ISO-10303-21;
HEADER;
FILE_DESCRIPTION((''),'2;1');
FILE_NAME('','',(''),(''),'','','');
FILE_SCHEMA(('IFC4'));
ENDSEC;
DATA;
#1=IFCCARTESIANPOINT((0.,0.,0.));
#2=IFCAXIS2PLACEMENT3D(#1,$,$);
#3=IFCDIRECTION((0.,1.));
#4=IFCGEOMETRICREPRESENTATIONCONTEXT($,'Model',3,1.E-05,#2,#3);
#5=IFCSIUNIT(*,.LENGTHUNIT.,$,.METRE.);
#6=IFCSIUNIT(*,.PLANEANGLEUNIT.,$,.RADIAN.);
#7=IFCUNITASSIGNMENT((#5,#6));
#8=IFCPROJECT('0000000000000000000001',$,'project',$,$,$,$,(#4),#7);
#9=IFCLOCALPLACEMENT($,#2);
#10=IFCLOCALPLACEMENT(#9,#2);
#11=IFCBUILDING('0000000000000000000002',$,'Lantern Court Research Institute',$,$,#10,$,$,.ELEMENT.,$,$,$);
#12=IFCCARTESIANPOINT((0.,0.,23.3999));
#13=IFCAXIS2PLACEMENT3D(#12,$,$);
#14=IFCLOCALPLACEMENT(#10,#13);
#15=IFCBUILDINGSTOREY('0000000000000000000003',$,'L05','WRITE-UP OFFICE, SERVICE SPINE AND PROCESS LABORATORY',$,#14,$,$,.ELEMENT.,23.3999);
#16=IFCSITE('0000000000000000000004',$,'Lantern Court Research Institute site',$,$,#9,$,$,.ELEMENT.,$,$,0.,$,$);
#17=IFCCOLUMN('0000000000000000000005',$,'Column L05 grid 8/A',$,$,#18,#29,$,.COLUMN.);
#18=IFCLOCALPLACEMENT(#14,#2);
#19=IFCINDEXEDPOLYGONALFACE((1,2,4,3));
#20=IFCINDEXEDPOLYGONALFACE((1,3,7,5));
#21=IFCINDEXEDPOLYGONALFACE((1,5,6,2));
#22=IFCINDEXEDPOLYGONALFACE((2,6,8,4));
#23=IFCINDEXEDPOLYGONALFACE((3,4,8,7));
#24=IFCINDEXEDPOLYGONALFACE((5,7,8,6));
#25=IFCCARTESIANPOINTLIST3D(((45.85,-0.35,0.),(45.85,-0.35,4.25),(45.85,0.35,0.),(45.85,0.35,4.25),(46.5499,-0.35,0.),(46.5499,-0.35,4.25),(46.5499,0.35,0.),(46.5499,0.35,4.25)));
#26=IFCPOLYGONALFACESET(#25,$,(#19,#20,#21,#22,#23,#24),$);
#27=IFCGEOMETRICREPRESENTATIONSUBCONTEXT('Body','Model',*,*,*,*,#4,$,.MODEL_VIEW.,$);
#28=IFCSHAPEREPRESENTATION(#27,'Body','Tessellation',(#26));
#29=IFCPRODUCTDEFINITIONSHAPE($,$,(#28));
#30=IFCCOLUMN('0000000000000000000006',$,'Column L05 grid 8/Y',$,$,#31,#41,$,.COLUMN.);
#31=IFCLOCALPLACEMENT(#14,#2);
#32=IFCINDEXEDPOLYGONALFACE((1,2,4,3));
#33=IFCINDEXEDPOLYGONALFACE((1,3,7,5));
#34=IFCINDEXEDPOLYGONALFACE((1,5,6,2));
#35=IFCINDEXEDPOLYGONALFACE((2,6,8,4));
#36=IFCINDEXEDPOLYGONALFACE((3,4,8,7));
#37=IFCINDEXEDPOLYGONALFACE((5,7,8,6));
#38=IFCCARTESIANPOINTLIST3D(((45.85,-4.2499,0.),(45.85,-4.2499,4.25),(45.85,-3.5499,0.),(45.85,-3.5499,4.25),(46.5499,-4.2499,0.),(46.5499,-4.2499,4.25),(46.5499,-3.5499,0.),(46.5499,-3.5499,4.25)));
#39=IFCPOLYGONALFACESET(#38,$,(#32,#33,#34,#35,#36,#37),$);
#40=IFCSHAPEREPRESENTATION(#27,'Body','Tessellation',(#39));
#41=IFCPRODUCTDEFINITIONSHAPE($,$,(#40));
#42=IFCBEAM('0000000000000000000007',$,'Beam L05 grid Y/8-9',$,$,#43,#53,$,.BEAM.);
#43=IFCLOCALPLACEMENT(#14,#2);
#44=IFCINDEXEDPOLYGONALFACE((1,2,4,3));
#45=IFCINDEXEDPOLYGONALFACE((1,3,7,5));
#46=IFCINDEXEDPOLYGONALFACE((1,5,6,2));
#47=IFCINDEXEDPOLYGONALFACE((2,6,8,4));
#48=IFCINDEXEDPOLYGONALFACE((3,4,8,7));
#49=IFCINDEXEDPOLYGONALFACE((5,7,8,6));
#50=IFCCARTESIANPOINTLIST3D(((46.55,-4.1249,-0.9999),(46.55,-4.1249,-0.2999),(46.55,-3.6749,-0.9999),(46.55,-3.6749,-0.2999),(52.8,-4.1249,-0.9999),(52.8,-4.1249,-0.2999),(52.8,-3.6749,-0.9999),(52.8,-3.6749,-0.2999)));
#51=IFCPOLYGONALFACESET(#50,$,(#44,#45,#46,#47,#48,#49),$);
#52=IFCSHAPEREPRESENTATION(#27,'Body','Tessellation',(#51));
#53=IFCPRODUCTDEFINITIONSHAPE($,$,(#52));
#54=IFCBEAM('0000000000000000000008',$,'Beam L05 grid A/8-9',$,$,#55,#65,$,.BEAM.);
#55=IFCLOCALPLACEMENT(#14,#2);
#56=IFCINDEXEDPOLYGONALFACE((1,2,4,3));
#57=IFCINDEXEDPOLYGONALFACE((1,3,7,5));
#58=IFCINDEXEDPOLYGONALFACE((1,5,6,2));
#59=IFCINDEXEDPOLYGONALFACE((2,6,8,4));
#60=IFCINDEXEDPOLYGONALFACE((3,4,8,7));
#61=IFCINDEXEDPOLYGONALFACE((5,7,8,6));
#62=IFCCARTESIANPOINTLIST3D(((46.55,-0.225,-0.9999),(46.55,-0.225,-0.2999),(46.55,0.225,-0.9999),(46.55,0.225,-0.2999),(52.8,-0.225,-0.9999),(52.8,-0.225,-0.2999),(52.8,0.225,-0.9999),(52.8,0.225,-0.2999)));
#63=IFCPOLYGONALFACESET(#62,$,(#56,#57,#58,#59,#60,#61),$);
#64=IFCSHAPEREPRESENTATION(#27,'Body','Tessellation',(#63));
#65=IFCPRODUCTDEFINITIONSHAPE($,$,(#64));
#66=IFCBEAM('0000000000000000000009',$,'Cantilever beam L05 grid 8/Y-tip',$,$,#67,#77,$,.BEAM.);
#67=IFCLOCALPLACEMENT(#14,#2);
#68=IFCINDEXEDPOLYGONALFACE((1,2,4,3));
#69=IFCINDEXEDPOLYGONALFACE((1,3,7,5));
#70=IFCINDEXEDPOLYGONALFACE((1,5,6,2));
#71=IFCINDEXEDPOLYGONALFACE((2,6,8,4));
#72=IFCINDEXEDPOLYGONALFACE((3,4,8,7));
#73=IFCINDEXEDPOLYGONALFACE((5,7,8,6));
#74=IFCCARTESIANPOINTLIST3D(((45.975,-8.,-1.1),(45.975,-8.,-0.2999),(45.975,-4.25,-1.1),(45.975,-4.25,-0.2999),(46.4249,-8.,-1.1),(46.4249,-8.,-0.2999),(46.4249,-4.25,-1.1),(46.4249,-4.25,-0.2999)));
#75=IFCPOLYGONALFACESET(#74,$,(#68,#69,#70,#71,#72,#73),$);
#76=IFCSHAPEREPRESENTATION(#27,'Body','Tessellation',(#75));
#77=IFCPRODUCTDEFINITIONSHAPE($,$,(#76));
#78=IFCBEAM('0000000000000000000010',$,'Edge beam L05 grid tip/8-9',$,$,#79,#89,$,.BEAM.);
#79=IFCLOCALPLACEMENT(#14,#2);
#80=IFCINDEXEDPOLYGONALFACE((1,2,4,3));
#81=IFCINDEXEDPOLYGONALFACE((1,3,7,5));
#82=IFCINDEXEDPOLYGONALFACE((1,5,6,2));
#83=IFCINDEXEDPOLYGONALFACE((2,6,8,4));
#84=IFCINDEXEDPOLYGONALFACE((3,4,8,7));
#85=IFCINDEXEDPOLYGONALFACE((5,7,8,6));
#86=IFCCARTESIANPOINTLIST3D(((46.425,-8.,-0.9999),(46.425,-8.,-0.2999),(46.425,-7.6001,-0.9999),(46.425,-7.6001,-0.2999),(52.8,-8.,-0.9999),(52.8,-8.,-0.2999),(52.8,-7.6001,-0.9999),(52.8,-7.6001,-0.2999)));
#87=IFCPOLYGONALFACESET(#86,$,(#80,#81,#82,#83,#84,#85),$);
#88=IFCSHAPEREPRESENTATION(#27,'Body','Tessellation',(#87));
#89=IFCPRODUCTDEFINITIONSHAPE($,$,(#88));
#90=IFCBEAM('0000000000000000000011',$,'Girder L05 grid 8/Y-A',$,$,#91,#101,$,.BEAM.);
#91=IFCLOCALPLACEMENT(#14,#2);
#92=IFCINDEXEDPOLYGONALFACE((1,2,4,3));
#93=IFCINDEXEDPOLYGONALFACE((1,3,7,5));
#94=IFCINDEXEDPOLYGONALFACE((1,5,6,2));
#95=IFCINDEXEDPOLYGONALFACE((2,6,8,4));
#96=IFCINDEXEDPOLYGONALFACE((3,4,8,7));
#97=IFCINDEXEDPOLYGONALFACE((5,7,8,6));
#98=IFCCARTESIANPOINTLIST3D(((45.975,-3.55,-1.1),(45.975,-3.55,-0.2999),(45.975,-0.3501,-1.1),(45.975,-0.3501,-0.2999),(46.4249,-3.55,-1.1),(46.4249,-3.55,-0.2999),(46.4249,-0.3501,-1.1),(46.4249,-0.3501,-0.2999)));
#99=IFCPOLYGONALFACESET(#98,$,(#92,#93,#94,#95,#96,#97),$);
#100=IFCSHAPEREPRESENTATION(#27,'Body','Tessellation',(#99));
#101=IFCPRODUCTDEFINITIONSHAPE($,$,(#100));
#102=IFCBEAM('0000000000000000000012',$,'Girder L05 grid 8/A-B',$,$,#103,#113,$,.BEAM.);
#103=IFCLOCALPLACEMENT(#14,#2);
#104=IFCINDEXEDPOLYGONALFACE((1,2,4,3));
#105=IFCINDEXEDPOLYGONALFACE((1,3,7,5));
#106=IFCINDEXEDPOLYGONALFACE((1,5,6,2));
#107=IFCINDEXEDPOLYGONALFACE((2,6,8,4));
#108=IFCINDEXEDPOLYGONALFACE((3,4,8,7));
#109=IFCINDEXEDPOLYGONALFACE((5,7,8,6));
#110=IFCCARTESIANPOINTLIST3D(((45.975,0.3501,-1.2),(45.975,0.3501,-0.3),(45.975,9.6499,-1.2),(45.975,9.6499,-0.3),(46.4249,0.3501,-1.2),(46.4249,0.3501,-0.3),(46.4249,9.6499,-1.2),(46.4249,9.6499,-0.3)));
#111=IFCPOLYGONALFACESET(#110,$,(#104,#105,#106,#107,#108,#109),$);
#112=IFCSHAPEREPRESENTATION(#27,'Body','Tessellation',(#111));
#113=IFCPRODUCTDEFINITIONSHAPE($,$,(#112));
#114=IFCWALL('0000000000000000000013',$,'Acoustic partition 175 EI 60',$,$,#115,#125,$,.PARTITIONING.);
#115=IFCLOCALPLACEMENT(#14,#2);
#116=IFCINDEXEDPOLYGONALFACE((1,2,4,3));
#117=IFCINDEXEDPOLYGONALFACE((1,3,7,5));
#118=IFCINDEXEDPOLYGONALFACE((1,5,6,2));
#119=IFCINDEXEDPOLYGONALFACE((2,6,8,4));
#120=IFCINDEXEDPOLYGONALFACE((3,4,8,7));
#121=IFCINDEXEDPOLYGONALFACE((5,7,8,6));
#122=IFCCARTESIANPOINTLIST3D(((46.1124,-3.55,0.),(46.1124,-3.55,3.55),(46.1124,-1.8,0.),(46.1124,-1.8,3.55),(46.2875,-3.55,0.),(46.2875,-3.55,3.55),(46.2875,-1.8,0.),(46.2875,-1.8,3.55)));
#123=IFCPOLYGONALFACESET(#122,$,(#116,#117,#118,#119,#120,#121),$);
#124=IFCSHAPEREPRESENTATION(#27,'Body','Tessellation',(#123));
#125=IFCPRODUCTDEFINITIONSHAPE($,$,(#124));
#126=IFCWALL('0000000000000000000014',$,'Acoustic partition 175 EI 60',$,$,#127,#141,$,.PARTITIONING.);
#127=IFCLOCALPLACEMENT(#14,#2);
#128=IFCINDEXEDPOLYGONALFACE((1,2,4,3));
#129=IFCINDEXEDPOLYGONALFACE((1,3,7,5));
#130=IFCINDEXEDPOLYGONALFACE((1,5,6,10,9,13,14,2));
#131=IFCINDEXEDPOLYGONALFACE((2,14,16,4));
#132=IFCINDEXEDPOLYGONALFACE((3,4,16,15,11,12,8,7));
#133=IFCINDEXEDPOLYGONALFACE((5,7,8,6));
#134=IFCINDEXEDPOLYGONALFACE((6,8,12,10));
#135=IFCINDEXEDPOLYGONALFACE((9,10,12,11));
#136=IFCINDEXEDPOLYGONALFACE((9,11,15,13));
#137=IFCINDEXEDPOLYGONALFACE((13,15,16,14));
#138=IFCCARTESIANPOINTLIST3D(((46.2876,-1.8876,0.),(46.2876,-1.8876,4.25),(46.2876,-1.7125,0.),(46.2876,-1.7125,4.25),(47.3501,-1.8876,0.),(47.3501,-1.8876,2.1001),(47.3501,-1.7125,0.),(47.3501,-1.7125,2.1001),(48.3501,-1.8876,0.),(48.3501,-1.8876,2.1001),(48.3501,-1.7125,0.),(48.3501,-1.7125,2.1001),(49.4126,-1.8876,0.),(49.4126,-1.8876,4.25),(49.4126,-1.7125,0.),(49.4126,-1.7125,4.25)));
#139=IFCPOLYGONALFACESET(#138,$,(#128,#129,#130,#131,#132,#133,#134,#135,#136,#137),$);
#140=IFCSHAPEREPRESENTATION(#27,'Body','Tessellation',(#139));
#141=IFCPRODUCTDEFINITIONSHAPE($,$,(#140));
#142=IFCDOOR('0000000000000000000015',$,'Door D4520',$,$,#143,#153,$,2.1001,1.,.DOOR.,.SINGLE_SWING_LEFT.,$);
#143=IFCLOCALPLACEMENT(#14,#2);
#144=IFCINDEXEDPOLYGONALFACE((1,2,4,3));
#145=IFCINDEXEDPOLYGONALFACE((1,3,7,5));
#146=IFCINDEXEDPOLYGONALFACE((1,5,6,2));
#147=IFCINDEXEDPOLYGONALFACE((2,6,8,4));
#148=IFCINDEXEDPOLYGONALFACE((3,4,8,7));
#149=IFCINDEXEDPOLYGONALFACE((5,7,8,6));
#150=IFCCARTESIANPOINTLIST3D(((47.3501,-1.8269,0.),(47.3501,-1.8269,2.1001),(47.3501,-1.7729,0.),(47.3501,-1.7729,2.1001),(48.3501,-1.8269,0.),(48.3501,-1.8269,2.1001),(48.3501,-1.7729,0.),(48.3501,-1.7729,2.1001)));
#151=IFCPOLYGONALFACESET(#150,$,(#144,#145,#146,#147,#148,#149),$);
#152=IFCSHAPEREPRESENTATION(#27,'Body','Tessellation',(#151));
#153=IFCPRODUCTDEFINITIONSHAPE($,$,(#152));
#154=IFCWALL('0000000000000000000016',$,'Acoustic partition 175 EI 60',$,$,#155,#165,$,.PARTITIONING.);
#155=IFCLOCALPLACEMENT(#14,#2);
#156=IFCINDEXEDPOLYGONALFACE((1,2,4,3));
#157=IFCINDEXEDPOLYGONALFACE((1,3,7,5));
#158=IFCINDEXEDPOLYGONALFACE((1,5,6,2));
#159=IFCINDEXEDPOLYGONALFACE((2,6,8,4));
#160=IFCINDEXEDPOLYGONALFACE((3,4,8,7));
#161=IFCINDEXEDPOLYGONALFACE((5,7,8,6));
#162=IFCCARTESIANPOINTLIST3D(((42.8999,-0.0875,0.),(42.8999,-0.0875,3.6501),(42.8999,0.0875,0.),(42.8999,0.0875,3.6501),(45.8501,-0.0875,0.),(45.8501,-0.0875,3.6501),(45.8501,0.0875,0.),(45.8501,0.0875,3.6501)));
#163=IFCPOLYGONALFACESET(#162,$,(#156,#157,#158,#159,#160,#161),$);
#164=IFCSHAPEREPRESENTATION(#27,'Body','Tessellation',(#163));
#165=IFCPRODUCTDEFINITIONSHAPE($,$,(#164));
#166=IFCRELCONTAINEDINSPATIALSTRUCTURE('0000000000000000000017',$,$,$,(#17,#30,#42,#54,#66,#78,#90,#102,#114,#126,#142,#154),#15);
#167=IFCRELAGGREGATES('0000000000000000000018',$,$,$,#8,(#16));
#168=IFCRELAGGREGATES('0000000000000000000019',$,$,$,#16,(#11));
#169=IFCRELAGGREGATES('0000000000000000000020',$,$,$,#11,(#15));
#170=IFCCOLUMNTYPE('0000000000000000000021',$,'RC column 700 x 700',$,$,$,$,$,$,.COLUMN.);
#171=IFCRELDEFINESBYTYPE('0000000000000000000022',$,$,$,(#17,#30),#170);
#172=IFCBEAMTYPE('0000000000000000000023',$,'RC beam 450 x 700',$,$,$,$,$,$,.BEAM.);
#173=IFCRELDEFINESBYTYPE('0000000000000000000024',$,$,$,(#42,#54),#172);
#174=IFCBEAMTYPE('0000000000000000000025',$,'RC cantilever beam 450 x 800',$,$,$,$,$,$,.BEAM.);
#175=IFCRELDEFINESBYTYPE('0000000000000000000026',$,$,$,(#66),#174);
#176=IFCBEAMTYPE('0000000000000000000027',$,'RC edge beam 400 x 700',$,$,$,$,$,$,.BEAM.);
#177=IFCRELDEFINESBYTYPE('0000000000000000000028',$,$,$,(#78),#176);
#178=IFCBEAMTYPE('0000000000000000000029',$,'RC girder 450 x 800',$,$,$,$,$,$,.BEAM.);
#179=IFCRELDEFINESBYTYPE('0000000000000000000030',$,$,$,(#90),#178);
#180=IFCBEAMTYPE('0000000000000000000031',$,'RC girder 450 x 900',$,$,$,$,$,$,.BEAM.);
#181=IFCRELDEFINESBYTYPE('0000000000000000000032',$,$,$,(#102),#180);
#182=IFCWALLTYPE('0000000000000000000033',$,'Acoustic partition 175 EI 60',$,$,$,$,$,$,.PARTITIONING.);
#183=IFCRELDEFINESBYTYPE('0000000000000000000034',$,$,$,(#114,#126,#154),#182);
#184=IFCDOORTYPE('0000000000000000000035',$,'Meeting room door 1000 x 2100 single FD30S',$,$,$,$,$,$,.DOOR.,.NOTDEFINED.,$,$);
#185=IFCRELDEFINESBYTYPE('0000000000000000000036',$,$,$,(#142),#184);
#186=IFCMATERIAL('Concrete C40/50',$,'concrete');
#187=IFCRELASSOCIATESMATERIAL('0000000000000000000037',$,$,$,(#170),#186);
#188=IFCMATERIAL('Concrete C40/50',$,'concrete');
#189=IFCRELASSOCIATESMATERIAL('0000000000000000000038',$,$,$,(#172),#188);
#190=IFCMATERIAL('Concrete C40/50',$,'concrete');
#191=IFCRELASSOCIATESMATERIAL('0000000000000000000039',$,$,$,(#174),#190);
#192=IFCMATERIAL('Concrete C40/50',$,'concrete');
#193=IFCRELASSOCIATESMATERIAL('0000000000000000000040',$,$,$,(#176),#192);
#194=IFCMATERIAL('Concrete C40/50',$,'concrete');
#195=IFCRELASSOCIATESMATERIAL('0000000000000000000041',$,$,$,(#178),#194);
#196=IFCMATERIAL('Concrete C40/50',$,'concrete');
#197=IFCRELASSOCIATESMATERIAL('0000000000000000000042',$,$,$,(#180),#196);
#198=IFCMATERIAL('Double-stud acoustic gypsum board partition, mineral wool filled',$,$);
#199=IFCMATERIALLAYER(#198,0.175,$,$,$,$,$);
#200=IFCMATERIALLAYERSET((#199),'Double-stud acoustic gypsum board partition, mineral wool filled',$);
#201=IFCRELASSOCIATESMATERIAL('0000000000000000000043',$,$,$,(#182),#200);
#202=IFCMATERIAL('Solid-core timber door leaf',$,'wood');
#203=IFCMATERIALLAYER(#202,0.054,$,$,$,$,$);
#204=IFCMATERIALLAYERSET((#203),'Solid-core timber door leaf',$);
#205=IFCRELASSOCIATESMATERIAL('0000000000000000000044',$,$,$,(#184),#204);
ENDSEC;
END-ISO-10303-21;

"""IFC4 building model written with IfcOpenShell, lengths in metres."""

from ifc_helpers import new_model, si_unit, direction, frame, frame_2d, origin, origin_2d, place, context, subcontext, project, spatial, rectangle, extrude, material, layer, layer_set, material_profile, profile_set, type_object, element, fill, save


model = new_model("IFC4")

# Units and contexts
model_context = context("Model", 3, precision=1e-05, world=origin(), true_north=direction((0.0, 1.0)))
body_context = subcontext(model_context, "Body", "Model", "MODEL_VIEW")
ifc_project = project(units=[si_unit("LENGTHUNIT", "METRE"), si_unit("PLANEANGLEUNIT", "RADIAN")], contexts=[model_context])

# Site, building, storey
site_placement = place(None, origin())
site = spatial("IfcSite", under=ifc_project, at=site_placement, Name="Lantern Court Research Institute site", CompositionType="ELEMENT", RefElevation=0.0)
building_placement = place(site_placement, origin())
building = spatial("IfcBuilding", under=site, at=building_placement, Name="Lantern Court Research Institute", CompositionType="ELEMENT")
storey_placement = place(building_placement, frame((0.0, 0.0, 23.3999)))
storey = spatial("IfcBuildingStorey", under=building, at=storey_placement, Name="L05", Description="WRITE-UP OFFICE, SERVICE SPINE AND PROCESS LABORATORY", CompositionType="ELEMENT", Elevation=23.3999)

# Columns
ifc_material_1 = material(Name="Concrete C40/50", Category="concrete")
ifc_material_profile_1 = material_profile(ifc_material_1, rectangle(XDim=0.7, YDim=0.7, at=origin_2d()), Name="RC column 700 x 700")
ifc_profile_set_1 = profile_set([ifc_material_profile_1], Name="Concrete C40/50")
column_type = type_object("IfcColumnType", Name="RC column 700 x 700", PredefinedType="COLUMN", material=ifc_profile_set_1)
for number, where, z_axis, x_axis, name in (
    (1, (46.2, 0.0, 0.0), (0.0, 0.0, 1.0), (1.0, 0.0, 0.0), "Column L05 grid 8/A"),
    (2, (46.2, -3.8999, 0.0), (0.0, 0.0, 1.0), (1.0, 0.0, 0.0), "Column L05 grid 8/Y"),
):
    element("IfcColumn", number, at=place(storey_placement, frame(where, z_axis=z_axis, x_axis=x_axis)), inside=storey, type_object=column_type, Name=name, PredefinedType="COLUMN", context=body_context, shape_type="SweptSolid", body=[
        extrude(rectangle(XDim=0.7, YDim=0.7, at=origin_2d()), origin(), (0.0, 0.0, 1.0), 4.25),
    ])

# Beams
ifc_material_2 = material(Name="Concrete C40/50", Category="concrete")
ifc_material_profile_2 = material_profile(ifc_material_2, rectangle(XDim=0.45, YDim=0.7, at=origin_2d()), Name="RC beam 450 x 700")
ifc_profile_set_2 = profile_set([ifc_material_profile_2], Name="Concrete C40/50")
beam_type_1 = type_object("IfcBeamType", Name="RC beam 450 x 700", PredefinedType="BEAM", material=ifc_profile_set_2)
for number, where, z_axis, x_axis, name in (
    (3, (46.55, -3.8999, -0.6499), (1.0, 0.0, 0.0), (0.0, 1.0, 0.0), "Beam L05 grid Y/8-9"),
    (4, (46.55, 0.0, -0.6499), (1.0, 0.0, 0.0), (0.0, 1.0, 0.0), "Beam L05 grid A/8-9"),
):
    element("IfcBeam", number, at=place(storey_placement, frame(where, z_axis=z_axis, x_axis=x_axis)), inside=storey, type_object=beam_type_1, Name=name, PredefinedType="BEAM", context=body_context, shape_type="SweptSolid", body=[
        extrude(rectangle(XDim=0.45, YDim=0.7, at=origin_2d()), origin(), (0.0, 0.0, 1.0), 6.25),
    ])
ifc_material_3 = material(Name="Concrete C40/50", Category="concrete")
ifc_material_profile_3 = material_profile(ifc_material_3, rectangle(XDim=0.45, YDim=0.8, at=origin_2d()), Name="RC beam 450 x 800")
ifc_profile_set_3 = profile_set([ifc_material_profile_3], Name="Concrete C40/50")
beam_type_2 = type_object("IfcBeamType", Name="RC cantilever beam 450 x 800", PredefinedType="BEAM", material=ifc_profile_set_3)
beam_1_placement = place(storey_placement, frame((46.2, -4.25, -0.7), z_axis=(0.0, -1.0, 0.0), x_axis=(1.0, 0.0, 0.0)))
element("IfcBeam", 5, at=beam_1_placement, inside=storey, type_object=beam_type_2, Name="Cantilever beam L05 grid 8/Y-tip", PredefinedType="BEAM", context=body_context, shape_type="SweptSolid", body=[
    extrude(rectangle(XDim=0.45, YDim=0.8, at=origin_2d()), origin(), (0.0, 0.0, 1.0), 3.75),
])
ifc_material_4 = material(Name="Concrete C40/50", Category="concrete")
ifc_material_profile_4 = material_profile(ifc_material_4, rectangle(XDim=0.3999, YDim=0.7, at=origin_2d()), Name="RC beam 400 x 700")
ifc_profile_set_4 = profile_set([ifc_material_profile_4], Name="Concrete C40/50")
beam_type_3 = type_object("IfcBeamType", Name="RC edge beam 400 x 700", PredefinedType="BEAM", material=ifc_profile_set_4)
beam_2_placement = place(storey_placement, frame((46.425, -7.8, -0.6499), z_axis=(1.0, 0.0, 0.0), x_axis=(0.0, 1.0, 0.0)))
element("IfcBeam", 6, at=beam_2_placement, inside=storey, type_object=beam_type_3, Name="Edge beam L05 grid tip/8-9", PredefinedType="BEAM", context=body_context, shape_type="SweptSolid", body=[
    extrude(rectangle(XDim=0.3999, YDim=0.7, at=origin_2d()), origin(), (0.0, 0.0, 1.0), 6.375),
])
ifc_material_5 = material(Name="Concrete C40/50", Category="concrete")
ifc_material_profile_5 = material_profile(ifc_material_5, rectangle(XDim=0.45, YDim=0.8, at=origin_2d()), Name="RC beam 450 x 800")
ifc_profile_set_5 = profile_set([ifc_material_profile_5], Name="Concrete C40/50")
beam_type_4 = type_object("IfcBeamType", Name="RC girder 450 x 800", PredefinedType="BEAM", material=ifc_profile_set_5)
beam_3_placement = place(storey_placement, frame((46.2, -3.55, -0.7), z_axis=(0.0, 1.0, 0.0), x_axis=(-1.0, 0.0, 0.0)))
element("IfcBeam", 7, at=beam_3_placement, inside=storey, type_object=beam_type_4, Name="Girder L05 grid 8/Y-A", PredefinedType="BEAM", context=body_context, shape_type="SweptSolid", body=[
    extrude(rectangle(XDim=0.45, YDim=0.8, at=origin_2d()), origin(), (0.0, 0.0, 1.0), 3.2),
])
ifc_material_6 = material(Name="Concrete C40/50", Category="concrete")
ifc_material_profile_6 = material_profile(ifc_material_6, rectangle(XDim=0.45, YDim=0.8999, at=origin_2d()), Name="RC beam 450 x 900")
ifc_profile_set_6 = profile_set([ifc_material_profile_6], Name="Concrete C40/50")
beam_type_5 = type_object("IfcBeamType", Name="RC girder 450 x 900", PredefinedType="BEAM", material=ifc_profile_set_6)
beam_4_placement = place(storey_placement, frame((46.2, 0.3501, -0.75), z_axis=(0.0, 1.0, 0.0), x_axis=(-1.0, 0.0, 0.0)))
element("IfcBeam", 8, at=beam_4_placement, inside=storey, type_object=beam_type_5, Name="Girder L05 grid 8/A-B", PredefinedType="BEAM", context=body_context, shape_type="SweptSolid", body=[
    extrude(rectangle(XDim=0.45, YDim=0.8999, at=origin_2d()), origin(), (0.0, 0.0, 1.0), 9.2998),
])

# Wall
ifc_material_7 = material(Name="Double-stud acoustic gypsum board partition, mineral wool filled")
ifc_layer_1 = layer(ifc_material_7, 0.175)
ifc_layer_set_1 = layer_set([ifc_layer_1], Name="Double-stud acoustic gypsum board partition, mineral wool filled")
wall_type_1 = type_object("IfcWallType", Name="Acoustic partition 175 EI 60", PredefinedType="PARTITIONING", material=ifc_layer_set_1)
wall_1_placement = place(storey_placement, frame((46.2, -3.55, 0.0), z_axis=(0.0, 0.0, 1.0), x_axis=(0.0, 1.0, 0.0)))
element("IfcWall", 9, at=wall_1_placement, inside=storey, type_object=wall_type_1, Name="Acoustic partition 175 EI 60", PredefinedType="PARTITIONING", context=body_context, shape_type="SweptSolid", body=[
    extrude(rectangle(XDim=1.75, YDim=0.175, at=frame_2d((0.875, 0.0))), origin(), (0.0, 0.0, 1.0), 3.55),
])

# Wall, opening, door
wall_2_placement = place(storey_placement, frame((49.4126, -1.8, 0.0), z_axis=(0.0, 0.0, 1.0), x_axis=(-1.0, 0.0, 0.0)))
wall_2 = element("IfcWall", 10, at=wall_2_placement, inside=storey, type_object=wall_type_1, Name="Acoustic partition 175 EI 60", PredefinedType="PARTITIONING", context=body_context, shape_type="SweptSolid", body=[
    extrude(rectangle(XDim=3.125, YDim=0.175, at=frame_2d((1.5625, 0.0))), origin(), (0.0, 0.0, 1.0), 4.25),
])
opening_1_placement = place(wall_2_placement, frame((1.0625, 0.0, 0.0)))
opening_1 = element("IfcOpeningElement", 11, at=opening_1_placement, cuts=wall_2, PredefinedType="OPENING", context=body_context, shape_type="SweptSolid", body=[
    extrude(rectangle(XDim=1.0, YDim=2.1001, at=frame_2d((0.5, 1.05))), frame((0.0, 0.0974, 0.0), z_axis=(0.0, -1.0, 0.0), x_axis=(1.0, 0.0, 0.0)), (0.0, 0.0, 1.0), 0.1951),
])
ifc_material_8 = material(Name="Solid-core timber door leaf", Category="wood")
ifc_layer_2 = layer(ifc_material_8, 0.054)
ifc_layer_set_2 = layer_set([ifc_layer_2], Name="Solid-core timber door leaf")
door_type_1 = type_object("IfcDoorType", Name="Meeting room door 1000 x 2100 single FD30S", OperationType="NOTDEFINED", PredefinedType="DOOR", material=ifc_layer_set_2)
door_1_placement = place(opening_1_placement, origin())
door_1 = element("IfcDoor", 12, at=door_1_placement, inside=storey, type_object=door_type_1, Name="Door D4520", OperationType="SINGLE_SWING_LEFT", OverallHeight=2.1001, OverallWidth=1.0, PredefinedType="DOOR", context=body_context, shape_type="SweptSolid", body=[
    extrude(rectangle(XDim=1.0, YDim=2.1001, at=frame_2d((0.5, 1.05))), frame((0.0, 0.0269, 0.0), z_axis=(0.0, -1.0, 0.0), x_axis=(1.0, 0.0, 0.0)), (0.0, 0.0, 1.0), 0.054),
])
fill(opening_1, door_1)

# Wall
wall_3_placement = place(storey_placement, frame((45.8501, 0.0, 0.0), z_axis=(0.0, 0.0, 1.0), x_axis=(-1.0, 0.0, 0.0)))
element("IfcWall", 13, at=wall_3_placement, inside=storey, type_object=wall_type_1, Name="Acoustic partition 175 EI 60", PredefinedType="PARTITIONING", context=body_context, shape_type="SweptSolid", body=[
    extrude(rectangle(XDim=2.9502, YDim=0.175, at=frame_2d((1.4751, 0.0))), origin(), (0.0, 0.0, 1.0), 3.6501),
])

save(model, "model.ifc")
